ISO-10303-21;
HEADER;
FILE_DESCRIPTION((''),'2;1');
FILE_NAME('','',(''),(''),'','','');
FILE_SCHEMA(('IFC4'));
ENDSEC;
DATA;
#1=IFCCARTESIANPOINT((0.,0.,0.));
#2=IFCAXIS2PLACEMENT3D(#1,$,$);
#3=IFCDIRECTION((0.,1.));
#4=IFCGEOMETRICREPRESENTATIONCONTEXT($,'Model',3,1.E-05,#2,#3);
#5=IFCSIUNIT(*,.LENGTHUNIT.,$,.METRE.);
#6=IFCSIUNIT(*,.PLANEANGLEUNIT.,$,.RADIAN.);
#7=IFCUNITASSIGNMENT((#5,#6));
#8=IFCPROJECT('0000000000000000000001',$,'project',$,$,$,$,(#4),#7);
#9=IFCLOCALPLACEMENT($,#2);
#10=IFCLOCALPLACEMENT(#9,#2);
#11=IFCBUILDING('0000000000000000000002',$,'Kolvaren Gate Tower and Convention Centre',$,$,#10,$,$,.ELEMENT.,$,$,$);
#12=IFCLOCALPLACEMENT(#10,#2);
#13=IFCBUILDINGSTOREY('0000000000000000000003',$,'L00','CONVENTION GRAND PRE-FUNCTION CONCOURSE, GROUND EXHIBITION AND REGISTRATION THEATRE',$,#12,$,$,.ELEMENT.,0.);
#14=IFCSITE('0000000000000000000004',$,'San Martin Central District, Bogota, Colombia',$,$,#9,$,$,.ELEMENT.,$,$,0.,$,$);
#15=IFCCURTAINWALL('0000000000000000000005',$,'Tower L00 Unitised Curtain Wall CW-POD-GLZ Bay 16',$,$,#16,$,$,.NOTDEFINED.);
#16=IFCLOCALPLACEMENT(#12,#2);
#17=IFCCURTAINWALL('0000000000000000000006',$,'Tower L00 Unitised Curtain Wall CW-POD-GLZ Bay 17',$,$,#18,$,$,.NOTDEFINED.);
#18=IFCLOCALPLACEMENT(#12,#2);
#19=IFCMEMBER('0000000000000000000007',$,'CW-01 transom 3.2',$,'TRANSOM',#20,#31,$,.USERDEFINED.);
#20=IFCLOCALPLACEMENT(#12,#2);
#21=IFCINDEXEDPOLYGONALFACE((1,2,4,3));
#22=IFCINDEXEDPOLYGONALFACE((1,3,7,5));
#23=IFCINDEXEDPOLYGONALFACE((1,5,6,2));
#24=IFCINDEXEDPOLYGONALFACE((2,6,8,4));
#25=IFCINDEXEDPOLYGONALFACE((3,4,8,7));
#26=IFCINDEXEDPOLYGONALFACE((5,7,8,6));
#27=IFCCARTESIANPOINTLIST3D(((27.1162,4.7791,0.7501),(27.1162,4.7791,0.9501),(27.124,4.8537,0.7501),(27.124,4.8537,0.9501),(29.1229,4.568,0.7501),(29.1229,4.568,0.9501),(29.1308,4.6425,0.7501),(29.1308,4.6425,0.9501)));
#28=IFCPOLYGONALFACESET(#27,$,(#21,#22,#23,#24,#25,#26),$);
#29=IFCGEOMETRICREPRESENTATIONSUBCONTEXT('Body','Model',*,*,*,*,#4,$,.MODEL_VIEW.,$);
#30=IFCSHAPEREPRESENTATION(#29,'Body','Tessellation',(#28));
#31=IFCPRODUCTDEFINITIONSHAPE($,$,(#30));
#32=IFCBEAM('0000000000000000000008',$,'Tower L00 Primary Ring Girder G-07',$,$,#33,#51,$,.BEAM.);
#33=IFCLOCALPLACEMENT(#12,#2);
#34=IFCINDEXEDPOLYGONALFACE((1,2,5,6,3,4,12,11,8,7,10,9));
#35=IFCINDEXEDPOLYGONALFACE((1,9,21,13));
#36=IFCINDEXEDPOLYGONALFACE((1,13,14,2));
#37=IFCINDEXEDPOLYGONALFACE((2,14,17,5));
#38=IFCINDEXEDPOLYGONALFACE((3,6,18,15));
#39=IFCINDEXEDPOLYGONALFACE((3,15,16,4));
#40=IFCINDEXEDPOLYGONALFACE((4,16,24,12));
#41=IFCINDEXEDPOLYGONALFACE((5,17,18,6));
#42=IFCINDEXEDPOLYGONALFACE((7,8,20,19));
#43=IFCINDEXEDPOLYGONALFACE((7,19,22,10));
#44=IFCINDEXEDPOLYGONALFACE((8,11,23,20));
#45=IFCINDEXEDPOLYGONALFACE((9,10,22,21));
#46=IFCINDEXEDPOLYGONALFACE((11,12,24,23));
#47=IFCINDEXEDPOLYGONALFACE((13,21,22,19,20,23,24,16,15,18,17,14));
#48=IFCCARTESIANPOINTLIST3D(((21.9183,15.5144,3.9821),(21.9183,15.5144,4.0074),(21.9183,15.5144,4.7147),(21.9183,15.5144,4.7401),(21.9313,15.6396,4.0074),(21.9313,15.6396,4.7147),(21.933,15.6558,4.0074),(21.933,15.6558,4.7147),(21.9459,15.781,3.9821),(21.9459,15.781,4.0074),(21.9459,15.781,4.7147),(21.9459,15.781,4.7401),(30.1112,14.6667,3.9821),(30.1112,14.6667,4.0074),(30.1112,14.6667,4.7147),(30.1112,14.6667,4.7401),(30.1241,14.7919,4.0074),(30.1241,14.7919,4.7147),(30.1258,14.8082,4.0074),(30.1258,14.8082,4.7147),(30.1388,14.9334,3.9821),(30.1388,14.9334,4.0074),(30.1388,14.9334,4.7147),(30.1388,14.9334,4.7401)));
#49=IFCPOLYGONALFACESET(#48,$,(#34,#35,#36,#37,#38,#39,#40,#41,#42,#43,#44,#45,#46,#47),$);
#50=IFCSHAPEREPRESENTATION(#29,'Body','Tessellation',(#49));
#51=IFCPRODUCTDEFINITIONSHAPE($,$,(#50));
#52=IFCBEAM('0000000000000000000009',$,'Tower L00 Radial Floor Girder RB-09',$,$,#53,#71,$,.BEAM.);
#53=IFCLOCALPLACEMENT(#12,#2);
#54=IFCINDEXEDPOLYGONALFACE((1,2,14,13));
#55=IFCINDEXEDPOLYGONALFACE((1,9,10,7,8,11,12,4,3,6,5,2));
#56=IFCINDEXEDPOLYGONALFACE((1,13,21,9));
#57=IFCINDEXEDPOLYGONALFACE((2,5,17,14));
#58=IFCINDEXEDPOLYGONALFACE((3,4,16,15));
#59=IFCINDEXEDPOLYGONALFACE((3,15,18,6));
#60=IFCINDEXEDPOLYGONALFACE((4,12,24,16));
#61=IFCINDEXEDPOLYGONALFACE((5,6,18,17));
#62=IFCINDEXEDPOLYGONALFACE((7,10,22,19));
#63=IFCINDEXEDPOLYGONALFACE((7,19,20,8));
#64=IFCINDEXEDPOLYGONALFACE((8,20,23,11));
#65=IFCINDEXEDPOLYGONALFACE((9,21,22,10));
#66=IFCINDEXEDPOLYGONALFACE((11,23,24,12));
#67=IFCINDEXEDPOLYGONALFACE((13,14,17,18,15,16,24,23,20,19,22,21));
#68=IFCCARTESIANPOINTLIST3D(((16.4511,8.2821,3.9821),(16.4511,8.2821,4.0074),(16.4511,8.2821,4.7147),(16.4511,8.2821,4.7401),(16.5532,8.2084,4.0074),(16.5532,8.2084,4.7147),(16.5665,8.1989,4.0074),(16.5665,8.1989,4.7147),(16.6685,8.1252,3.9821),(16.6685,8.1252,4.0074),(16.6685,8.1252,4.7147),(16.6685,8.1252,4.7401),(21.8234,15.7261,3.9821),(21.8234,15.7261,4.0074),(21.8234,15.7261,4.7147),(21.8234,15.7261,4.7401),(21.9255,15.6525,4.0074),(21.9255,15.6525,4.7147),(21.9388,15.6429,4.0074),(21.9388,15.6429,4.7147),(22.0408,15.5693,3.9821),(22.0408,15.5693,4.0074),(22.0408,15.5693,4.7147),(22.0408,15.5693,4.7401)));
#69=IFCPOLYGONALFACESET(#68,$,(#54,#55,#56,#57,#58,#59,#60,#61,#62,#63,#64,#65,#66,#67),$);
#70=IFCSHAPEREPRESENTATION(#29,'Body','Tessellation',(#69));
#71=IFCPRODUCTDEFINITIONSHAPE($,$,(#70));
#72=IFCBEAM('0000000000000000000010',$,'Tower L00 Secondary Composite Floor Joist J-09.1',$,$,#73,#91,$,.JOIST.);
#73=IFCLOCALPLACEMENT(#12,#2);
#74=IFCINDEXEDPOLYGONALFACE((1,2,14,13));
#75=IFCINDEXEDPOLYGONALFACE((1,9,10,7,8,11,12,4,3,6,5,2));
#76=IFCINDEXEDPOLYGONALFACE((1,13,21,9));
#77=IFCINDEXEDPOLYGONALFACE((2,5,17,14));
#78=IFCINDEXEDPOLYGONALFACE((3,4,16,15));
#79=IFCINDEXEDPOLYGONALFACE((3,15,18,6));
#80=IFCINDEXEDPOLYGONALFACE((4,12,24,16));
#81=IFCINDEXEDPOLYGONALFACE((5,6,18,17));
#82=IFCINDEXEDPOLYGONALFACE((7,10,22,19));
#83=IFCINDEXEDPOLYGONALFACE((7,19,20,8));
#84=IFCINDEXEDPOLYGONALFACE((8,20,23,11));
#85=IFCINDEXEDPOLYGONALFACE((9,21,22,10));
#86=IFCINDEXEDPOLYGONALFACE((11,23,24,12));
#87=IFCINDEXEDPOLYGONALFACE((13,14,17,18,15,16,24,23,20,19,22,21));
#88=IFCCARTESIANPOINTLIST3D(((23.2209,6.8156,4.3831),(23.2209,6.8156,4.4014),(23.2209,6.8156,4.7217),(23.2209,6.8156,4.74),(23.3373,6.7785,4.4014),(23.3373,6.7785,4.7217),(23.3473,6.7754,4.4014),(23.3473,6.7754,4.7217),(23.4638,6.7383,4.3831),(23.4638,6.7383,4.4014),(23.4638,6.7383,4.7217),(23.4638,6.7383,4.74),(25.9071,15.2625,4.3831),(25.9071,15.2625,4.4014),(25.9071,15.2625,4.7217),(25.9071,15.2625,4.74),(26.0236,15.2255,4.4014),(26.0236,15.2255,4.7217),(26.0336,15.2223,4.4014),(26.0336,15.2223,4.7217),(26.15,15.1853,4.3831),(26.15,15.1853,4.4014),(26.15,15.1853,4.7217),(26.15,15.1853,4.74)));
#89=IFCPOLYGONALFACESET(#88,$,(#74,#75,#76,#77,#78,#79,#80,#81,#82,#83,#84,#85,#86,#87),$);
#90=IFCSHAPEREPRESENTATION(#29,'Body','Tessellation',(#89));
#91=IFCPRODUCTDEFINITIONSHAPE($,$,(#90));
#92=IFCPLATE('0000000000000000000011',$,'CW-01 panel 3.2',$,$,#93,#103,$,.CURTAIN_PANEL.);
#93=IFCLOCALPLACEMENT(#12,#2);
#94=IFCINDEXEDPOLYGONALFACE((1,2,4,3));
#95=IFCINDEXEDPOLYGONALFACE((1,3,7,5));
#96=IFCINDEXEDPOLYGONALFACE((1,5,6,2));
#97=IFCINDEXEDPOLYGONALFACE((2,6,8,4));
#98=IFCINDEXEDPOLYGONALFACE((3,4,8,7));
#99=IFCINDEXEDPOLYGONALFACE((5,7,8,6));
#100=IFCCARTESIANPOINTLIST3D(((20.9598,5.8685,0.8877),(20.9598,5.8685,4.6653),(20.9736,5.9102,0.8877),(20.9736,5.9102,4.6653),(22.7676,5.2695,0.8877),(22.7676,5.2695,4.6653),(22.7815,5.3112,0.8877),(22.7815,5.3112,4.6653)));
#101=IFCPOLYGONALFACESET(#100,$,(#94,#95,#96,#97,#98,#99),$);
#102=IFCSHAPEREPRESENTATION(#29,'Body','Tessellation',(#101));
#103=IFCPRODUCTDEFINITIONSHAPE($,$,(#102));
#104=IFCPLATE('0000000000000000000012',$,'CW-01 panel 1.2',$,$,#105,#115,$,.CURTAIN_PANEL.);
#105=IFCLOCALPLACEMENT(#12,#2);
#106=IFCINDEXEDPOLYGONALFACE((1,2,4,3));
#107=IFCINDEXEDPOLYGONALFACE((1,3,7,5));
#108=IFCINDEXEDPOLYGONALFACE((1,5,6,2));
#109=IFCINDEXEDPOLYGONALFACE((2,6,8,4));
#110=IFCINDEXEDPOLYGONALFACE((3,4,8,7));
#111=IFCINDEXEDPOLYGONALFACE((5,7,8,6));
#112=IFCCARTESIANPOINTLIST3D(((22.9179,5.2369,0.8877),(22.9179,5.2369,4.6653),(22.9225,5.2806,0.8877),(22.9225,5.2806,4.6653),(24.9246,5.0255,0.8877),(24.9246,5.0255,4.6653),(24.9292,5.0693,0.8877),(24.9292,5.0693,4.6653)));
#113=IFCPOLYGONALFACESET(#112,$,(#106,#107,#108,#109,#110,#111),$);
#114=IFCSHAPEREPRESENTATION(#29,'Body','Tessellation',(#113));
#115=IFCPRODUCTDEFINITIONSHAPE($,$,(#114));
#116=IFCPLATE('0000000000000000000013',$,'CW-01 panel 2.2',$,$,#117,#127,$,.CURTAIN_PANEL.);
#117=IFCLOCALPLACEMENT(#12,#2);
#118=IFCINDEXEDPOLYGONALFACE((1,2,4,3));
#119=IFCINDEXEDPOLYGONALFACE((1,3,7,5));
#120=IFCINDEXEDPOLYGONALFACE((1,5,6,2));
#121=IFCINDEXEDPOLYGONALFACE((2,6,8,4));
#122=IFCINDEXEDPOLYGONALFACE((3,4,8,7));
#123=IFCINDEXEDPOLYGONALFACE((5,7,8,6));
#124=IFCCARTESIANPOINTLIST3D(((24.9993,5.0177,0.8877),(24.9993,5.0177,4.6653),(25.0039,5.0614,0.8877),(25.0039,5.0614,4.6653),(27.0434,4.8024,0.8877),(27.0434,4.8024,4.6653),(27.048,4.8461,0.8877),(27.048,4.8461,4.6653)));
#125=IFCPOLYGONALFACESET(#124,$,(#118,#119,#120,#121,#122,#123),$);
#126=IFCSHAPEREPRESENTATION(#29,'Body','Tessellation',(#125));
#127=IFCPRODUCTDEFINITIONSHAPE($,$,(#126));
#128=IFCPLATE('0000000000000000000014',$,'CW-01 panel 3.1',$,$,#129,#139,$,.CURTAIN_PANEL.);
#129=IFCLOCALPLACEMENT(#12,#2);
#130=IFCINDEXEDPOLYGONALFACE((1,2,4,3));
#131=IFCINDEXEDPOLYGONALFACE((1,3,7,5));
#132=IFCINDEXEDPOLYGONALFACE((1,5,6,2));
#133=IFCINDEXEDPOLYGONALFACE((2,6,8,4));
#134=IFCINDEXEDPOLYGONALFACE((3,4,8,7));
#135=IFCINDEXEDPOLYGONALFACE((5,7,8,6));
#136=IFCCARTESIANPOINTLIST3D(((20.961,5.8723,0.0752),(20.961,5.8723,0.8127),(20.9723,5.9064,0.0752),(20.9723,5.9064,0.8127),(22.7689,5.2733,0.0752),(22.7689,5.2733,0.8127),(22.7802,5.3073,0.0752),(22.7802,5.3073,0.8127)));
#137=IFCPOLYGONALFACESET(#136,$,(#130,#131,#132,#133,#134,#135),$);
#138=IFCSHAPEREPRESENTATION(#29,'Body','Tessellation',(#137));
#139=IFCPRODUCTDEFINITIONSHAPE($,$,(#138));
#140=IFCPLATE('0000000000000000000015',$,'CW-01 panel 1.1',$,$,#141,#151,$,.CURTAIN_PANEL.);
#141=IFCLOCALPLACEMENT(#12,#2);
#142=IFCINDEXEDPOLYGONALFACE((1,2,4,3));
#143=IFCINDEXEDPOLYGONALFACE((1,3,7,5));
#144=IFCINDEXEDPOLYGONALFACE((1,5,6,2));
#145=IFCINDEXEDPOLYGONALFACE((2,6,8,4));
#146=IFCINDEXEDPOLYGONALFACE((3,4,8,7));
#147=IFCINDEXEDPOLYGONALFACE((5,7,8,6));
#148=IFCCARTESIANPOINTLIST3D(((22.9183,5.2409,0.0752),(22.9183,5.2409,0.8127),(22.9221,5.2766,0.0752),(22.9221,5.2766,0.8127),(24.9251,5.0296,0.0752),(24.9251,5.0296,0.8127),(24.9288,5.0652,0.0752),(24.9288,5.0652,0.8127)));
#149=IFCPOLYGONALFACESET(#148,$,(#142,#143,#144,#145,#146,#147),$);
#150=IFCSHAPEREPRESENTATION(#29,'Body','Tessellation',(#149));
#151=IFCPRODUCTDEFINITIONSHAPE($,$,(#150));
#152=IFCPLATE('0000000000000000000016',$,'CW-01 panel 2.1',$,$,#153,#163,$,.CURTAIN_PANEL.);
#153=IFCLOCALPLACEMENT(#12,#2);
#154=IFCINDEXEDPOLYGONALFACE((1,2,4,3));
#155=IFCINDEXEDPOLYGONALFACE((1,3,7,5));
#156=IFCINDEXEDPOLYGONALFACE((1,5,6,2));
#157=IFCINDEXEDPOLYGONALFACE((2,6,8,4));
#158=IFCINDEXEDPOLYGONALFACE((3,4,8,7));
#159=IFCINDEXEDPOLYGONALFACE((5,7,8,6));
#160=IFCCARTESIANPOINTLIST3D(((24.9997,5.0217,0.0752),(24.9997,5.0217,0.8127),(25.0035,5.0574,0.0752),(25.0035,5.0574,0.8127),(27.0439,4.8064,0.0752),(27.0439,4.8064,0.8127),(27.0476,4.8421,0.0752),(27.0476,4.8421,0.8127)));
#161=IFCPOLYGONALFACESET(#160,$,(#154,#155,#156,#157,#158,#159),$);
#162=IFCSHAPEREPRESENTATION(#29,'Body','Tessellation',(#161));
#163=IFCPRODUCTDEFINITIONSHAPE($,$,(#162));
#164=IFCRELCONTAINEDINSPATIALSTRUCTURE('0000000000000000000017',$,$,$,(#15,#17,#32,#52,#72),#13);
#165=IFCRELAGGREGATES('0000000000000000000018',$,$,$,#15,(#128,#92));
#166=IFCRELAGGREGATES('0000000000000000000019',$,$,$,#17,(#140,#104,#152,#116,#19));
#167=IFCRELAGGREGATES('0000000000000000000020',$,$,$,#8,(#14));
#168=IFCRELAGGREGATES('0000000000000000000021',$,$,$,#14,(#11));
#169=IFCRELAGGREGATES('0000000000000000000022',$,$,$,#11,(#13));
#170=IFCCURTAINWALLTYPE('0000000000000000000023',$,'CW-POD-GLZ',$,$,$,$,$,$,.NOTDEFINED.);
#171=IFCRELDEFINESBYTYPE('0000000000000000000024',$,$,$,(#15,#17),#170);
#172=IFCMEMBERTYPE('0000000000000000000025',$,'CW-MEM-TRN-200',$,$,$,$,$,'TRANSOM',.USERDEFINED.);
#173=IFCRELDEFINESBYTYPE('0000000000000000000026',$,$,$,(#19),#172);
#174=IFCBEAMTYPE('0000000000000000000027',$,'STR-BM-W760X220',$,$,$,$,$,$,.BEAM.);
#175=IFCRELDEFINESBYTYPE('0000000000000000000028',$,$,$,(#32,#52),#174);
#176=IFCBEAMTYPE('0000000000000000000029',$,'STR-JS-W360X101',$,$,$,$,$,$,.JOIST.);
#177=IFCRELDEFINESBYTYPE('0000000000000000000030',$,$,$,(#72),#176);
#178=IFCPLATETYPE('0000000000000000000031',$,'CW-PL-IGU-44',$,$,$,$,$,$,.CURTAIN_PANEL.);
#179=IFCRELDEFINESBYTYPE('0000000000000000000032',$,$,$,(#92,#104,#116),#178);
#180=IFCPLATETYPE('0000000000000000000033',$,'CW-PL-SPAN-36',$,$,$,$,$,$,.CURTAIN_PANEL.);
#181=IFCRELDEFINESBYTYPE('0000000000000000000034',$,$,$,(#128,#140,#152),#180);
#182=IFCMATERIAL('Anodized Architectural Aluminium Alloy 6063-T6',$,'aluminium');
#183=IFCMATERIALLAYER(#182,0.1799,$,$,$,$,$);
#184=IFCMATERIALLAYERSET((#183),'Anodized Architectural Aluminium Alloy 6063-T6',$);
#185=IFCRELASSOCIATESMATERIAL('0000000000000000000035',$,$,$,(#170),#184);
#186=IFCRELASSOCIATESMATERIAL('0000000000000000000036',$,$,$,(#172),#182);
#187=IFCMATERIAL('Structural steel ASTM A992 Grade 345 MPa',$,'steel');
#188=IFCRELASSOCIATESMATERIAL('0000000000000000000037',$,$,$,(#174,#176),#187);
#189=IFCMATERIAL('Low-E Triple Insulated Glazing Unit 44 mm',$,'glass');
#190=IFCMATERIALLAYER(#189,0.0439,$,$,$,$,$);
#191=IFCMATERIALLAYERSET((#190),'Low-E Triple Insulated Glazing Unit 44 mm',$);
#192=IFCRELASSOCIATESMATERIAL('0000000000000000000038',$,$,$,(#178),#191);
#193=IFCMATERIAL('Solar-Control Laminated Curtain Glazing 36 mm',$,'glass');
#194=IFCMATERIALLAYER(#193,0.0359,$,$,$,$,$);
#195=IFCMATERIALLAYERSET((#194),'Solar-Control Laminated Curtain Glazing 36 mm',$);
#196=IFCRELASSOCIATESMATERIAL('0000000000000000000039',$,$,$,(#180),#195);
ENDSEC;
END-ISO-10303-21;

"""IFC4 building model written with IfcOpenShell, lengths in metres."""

from ifc_helpers import new_model, si_unit, direction, frame, origin, origin_2d, place, context, subcontext, project, spatial, rectangle, i_section, extrude, material, layer, layer_set, material_profile, profile_set, type_object, element, aggregate, save


model = new_model("IFC4")

# Units and contexts
model_context = context("Model", 3, precision=1e-05, world=origin(), true_north=direction((0.0, 1.0)))
body_context = subcontext(model_context, "Body", "Model", "MODEL_VIEW")
ifc_project = project(units=[si_unit("LENGTHUNIT", "METRE"), si_unit("PLANEANGLEUNIT", "RADIAN")], contexts=[model_context])

# Site, building, storey
site_placement = place(None, origin())
site = spatial("IfcSite", under=ifc_project, at=site_placement, Name="San Martin Central District, Bogota, Colombia", CompositionType="ELEMENT", RefElevation=0.0)
building_placement = place(site_placement, origin())
building = spatial("IfcBuilding", under=site, at=building_placement, Name="Kolvaren Gate Tower and Convention Centre", CompositionType="ELEMENT")
storey_placement = place(building_placement, origin())
storey = spatial("IfcBuildingStorey", under=building, at=storey_placement, Name="L00", Description="CONVENTION GRAND PRE-FUNCTION CONCOURSE, GROUND EXHIBITION AND REGISTRATION THEATRE", CompositionType="ELEMENT", Elevation=0.0)

# Curtain wall
ifc_material_1 = material(Name="Anodized Architectural Aluminium Alloy 6063-T6", Category="aluminium")
ifc_layer_1 = layer(ifc_material_1, 0.1799)
ifc_layer_set_1 = layer_set([ifc_layer_1], Name="Anodized Architectural Aluminium Alloy 6063-T6")
curtain_wall_type = type_object("IfcCurtainWallType", Name="CW-POD-GLZ", PredefinedType="NOTDEFINED", material=ifc_layer_set_1)
curtain_wall_1_placement = place(storey_placement, origin())
curtain_wall_1 = element("IfcCurtainWall", 1, at=curtain_wall_1_placement, inside=storey, type_object=curtain_wall_type, Name="Tower L00 Unitised Curtain Wall CW-POD-GLZ Bay 16", PredefinedType="NOTDEFINED")

# Curtain wall
curtain_wall_2_placement = place(storey_placement, origin())
curtain_wall_2 = element("IfcCurtainWall", 2, at=curtain_wall_2_placement, inside=storey, type_object=curtain_wall_type, Name="Tower L00 Unitised Curtain Wall CW-POD-GLZ Bay 17", PredefinedType="NOTDEFINED")

# Member
ifc_material_profile_1 = material_profile(ifc_material_1, rectangle(XDim=0.075, YDim=0.2, at=origin_2d()), Name="CW-MEM-TRN-200")
ifc_profile_set_1 = profile_set([ifc_material_profile_1], Name="Anodized Architectural Aluminium Alloy 6063-T6")
member_type_1 = type_object("IfcMemberType", Name="CW-MEM-TRN-200", ElementType="TRANSOM", PredefinedType="USERDEFINED", material=ifc_profile_set_1)
member_1_placement = place(storey_placement, frame((27.1201, 4.8164, 0.8501), z_axis=(0.994509, -0.104653, 0.0), x_axis=(0.104653, 0.994509, 0.0)))
member_1 = element("IfcMember", 3, at=member_1_placement, type_object=member_type_1, Name="CW-01 transom 3.2", ObjectType="TRANSOM", PredefinedType="USERDEFINED", context=body_context, shape_type="SweptSolid", body=[
    extrude(rectangle(XDim=0.075, YDim=0.2, at=origin_2d()), origin(), (0.0, 0.0, 1.0), 2.0178),
])

# Beams
ifc_material_2 = material(Name="Structural steel ASTM A992 Grade 345 MPa", Category="steel")
ifc_material_profile_2 = material_profile(ifc_material_2, i_section(OverallWidth=0.2681, OverallDepth=0.7581, WebThickness=0.0164, FlangeThickness=0.0254, at=origin_2d()), Name="W760X220")
ifc_profile_set_2 = profile_set([ifc_material_profile_2], Name="Structural steel ASTM A992 Grade 345 MPa")
beam_type_1 = type_object("IfcBeamType", Name="STR-BM-W760X220", PredefinedType="BEAM", material=ifc_profile_set_2)
beam_1_placement = place(storey_placement, frame((21.9321, 15.6477, 4.3611), z_axis=(0.99469, -0.102913, 0.0), x_axis=(0.102913, 0.99469, 0.0)))
element("IfcBeam", 4, at=beam_1_placement, inside=storey, type_object=beam_type_1, Name="Tower L00 Primary Ring Girder G-07", PredefinedType="BEAM", context=body_context, shape_type="SweptSolid", body=[
    extrude(i_section(OverallWidth=0.2681, OverallDepth=0.7581, WebThickness=0.0164, FlangeThickness=0.0254, at=origin_2d()), origin(), (0.0, 0.0, 1.0), 8.2366),
])
beam_2_placement = place(storey_placement, frame((21.9321, 15.6477, 4.3611), z_axis=(-0.585206, -0.810885, 0.0), x_axis=(0.810885, -0.585206, 0.0)))
element("IfcBeam", 5, at=beam_2_placement, inside=storey, type_object=beam_type_1, Name="Tower L00 Radial Floor Girder RB-09", PredefinedType="BEAM", context=body_context, shape_type="SweptSolid", body=[
    extrude(i_section(OverallWidth=0.2681, OverallDepth=0.7581, WebThickness=0.0164, FlangeThickness=0.0254, at=origin_2d()), origin(), (0.0, 0.0, 1.0), 9.1802),
])
ifc_material_profile_3 = material_profile(ifc_material_2, i_section(OverallWidth=0.2549, OverallDepth=0.3569, WebThickness=0.0105, FlangeThickness=0.0183, at=origin_2d()), Name="W360X101")
ifc_profile_set_3 = profile_set([ifc_material_profile_3], Name="Structural steel ASTM A992 Grade 345 MPa")
beam_type_2 = type_object("IfcBeamType", Name="STR-JS-W360X101", PredefinedType="JOIST", material=ifc_profile_set_3)
beam_3_placement = place(storey_placement, frame((26.0286, 15.2239, 4.5615), z_axis=(-0.303059, -0.952972, 0.0), x_axis=(0.952972, -0.303059, 0.0)))
element("IfcBeam", 6, at=beam_3_placement, inside=storey, type_object=beam_type_2, Name="Tower L00 Secondary Composite Floor Joist J-09.1", PredefinedType="JOIST", context=body_context, shape_type="SweptSolid", body=[
    extrude(i_section(OverallWidth=0.2549, OverallDepth=0.3569, WebThickness=0.0105, FlangeThickness=0.0183, at=origin_2d()), origin(), (0.0, 0.0, 1.0), 8.8638),
])

# Plates
ifc_material_3 = material(Name="Low-E Triple Insulated Glazing Unit 44 mm", Category="glass")
ifc_layer_2 = layer(ifc_material_3, 0.0439)
ifc_layer_set_2 = layer_set([ifc_layer_2], Name="Low-E Triple Insulated Glazing Unit 44 mm")
plate_type_1 = type_object("IfcPlateType", Name="CW-PL-IGU-44", PredefinedType="CURTAIN_PANEL", material=ifc_layer_set_2)
plate_1_placement = place(storey_placement, frame((21.8706, 5.5898, 0.8877), z_axis=(0.0, 0.0, 1.0), x_axis=(0.949242, -0.314547, 0.0)))
plate_1 = element("IfcPlate", 7, at=plate_1_placement, type_object=plate_type_1, Name="CW-01 panel 3.2", PredefinedType="CURTAIN_PANEL", context=body_context, shape_type="SweptSolid", body=[
    extrude(rectangle(XDim=1.9045, YDim=0.0439, at=origin_2d()), origin(), (0.0, 0.0, 1.0), 3.7776),
])
plate_2_placement = place(storey_placement, frame((23.9236, 5.1531, 0.8877), z_axis=(0.0, 0.0, 1.0), x_axis=(0.994499, -0.104742, 0.0)))
plate_2 = element("IfcPlate", 8, at=plate_2_placement, type_object=plate_type_1, Name="CW-01 panel 1.2", PredefinedType="CURTAIN_PANEL", context=body_context, shape_type="SweptSolid", body=[
    extrude(rectangle(XDim=2.0178, YDim=0.0439, at=origin_2d()), origin(), (0.0, 0.0, 1.0), 3.7776),
])
plate_3_placement = place(storey_placement, frame((26.0237, 4.9319, 0.8877), z_axis=(0.0, 0.0, 1.0), x_axis=(0.994499, -0.104742, 0.0)))
plate_3 = element("IfcPlate", 9, at=plate_3_placement, type_object=plate_type_1, Name="CW-01 panel 2.2", PredefinedType="CURTAIN_PANEL", context=body_context, shape_type="SweptSolid", body=[
    extrude(rectangle(XDim=2.0554, YDim=0.0439, at=origin_2d()), origin(), (0.0, 0.0, 1.0), 3.7776),
])
ifc_material_4 = material(Name="Solar-Control Laminated Curtain Glazing 36 mm", Category="glass")
ifc_layer_3 = layer(ifc_material_4, 0.0359)
ifc_layer_set_3 = layer_set([ifc_layer_3], Name="Solar-Control Laminated Curtain Glazing 36 mm")
plate_type_2 = type_object("IfcPlateType", Name="CW-PL-SPAN-36", PredefinedType="CURTAIN_PANEL", material=ifc_layer_set_3)
plate_4_placement = place(storey_placement, frame((21.8706, 5.5898, 0.0752), z_axis=(0.0, 0.0, 1.0), x_axis=(0.949242, -0.314547, 0.0)))
plate_4 = element("IfcPlate", 10, at=plate_4_placement, type_object=plate_type_2, Name="CW-01 panel 3.1", PredefinedType="CURTAIN_PANEL", context=body_context, shape_type="SweptSolid", body=[
    extrude(rectangle(XDim=1.9045, YDim=0.0359, at=origin_2d()), origin(), (0.0, 0.0, 1.0), 0.7375),
])
aggregate(curtain_wall_1, [plate_4, plate_1])
plate_5_placement = place(storey_placement, frame((23.9236, 5.1531, 0.0752), z_axis=(0.0, 0.0, 1.0), x_axis=(0.994499, -0.104742, 0.0)))
plate_5 = element("IfcPlate", 11, at=plate_5_placement, type_object=plate_type_2, Name="CW-01 panel 1.1", PredefinedType="CURTAIN_PANEL", context=body_context, shape_type="SweptSolid", body=[
    extrude(rectangle(XDim=2.0178, YDim=0.0359, at=origin_2d()), origin(), (0.0, 0.0, 1.0), 0.7375),
])
plate_6_placement = place(storey_placement, frame((26.0237, 4.9319, 0.0752), z_axis=(0.0, 0.0, 1.0), x_axis=(0.994499, -0.104742, 0.0)))
plate_6 = element("IfcPlate", 12, at=plate_6_placement, type_object=plate_type_2, Name="CW-01 panel 2.1", PredefinedType="CURTAIN_PANEL", context=body_context, shape_type="SweptSolid", body=[
    extrude(rectangle(XDim=2.0554, YDim=0.0359, at=origin_2d()), origin(), (0.0, 0.0, 1.0), 0.7375),
])
aggregate(curtain_wall_2, [plate_5, plate_2, plate_6, plate_3, member_1])

save(model, "model.ifc")
